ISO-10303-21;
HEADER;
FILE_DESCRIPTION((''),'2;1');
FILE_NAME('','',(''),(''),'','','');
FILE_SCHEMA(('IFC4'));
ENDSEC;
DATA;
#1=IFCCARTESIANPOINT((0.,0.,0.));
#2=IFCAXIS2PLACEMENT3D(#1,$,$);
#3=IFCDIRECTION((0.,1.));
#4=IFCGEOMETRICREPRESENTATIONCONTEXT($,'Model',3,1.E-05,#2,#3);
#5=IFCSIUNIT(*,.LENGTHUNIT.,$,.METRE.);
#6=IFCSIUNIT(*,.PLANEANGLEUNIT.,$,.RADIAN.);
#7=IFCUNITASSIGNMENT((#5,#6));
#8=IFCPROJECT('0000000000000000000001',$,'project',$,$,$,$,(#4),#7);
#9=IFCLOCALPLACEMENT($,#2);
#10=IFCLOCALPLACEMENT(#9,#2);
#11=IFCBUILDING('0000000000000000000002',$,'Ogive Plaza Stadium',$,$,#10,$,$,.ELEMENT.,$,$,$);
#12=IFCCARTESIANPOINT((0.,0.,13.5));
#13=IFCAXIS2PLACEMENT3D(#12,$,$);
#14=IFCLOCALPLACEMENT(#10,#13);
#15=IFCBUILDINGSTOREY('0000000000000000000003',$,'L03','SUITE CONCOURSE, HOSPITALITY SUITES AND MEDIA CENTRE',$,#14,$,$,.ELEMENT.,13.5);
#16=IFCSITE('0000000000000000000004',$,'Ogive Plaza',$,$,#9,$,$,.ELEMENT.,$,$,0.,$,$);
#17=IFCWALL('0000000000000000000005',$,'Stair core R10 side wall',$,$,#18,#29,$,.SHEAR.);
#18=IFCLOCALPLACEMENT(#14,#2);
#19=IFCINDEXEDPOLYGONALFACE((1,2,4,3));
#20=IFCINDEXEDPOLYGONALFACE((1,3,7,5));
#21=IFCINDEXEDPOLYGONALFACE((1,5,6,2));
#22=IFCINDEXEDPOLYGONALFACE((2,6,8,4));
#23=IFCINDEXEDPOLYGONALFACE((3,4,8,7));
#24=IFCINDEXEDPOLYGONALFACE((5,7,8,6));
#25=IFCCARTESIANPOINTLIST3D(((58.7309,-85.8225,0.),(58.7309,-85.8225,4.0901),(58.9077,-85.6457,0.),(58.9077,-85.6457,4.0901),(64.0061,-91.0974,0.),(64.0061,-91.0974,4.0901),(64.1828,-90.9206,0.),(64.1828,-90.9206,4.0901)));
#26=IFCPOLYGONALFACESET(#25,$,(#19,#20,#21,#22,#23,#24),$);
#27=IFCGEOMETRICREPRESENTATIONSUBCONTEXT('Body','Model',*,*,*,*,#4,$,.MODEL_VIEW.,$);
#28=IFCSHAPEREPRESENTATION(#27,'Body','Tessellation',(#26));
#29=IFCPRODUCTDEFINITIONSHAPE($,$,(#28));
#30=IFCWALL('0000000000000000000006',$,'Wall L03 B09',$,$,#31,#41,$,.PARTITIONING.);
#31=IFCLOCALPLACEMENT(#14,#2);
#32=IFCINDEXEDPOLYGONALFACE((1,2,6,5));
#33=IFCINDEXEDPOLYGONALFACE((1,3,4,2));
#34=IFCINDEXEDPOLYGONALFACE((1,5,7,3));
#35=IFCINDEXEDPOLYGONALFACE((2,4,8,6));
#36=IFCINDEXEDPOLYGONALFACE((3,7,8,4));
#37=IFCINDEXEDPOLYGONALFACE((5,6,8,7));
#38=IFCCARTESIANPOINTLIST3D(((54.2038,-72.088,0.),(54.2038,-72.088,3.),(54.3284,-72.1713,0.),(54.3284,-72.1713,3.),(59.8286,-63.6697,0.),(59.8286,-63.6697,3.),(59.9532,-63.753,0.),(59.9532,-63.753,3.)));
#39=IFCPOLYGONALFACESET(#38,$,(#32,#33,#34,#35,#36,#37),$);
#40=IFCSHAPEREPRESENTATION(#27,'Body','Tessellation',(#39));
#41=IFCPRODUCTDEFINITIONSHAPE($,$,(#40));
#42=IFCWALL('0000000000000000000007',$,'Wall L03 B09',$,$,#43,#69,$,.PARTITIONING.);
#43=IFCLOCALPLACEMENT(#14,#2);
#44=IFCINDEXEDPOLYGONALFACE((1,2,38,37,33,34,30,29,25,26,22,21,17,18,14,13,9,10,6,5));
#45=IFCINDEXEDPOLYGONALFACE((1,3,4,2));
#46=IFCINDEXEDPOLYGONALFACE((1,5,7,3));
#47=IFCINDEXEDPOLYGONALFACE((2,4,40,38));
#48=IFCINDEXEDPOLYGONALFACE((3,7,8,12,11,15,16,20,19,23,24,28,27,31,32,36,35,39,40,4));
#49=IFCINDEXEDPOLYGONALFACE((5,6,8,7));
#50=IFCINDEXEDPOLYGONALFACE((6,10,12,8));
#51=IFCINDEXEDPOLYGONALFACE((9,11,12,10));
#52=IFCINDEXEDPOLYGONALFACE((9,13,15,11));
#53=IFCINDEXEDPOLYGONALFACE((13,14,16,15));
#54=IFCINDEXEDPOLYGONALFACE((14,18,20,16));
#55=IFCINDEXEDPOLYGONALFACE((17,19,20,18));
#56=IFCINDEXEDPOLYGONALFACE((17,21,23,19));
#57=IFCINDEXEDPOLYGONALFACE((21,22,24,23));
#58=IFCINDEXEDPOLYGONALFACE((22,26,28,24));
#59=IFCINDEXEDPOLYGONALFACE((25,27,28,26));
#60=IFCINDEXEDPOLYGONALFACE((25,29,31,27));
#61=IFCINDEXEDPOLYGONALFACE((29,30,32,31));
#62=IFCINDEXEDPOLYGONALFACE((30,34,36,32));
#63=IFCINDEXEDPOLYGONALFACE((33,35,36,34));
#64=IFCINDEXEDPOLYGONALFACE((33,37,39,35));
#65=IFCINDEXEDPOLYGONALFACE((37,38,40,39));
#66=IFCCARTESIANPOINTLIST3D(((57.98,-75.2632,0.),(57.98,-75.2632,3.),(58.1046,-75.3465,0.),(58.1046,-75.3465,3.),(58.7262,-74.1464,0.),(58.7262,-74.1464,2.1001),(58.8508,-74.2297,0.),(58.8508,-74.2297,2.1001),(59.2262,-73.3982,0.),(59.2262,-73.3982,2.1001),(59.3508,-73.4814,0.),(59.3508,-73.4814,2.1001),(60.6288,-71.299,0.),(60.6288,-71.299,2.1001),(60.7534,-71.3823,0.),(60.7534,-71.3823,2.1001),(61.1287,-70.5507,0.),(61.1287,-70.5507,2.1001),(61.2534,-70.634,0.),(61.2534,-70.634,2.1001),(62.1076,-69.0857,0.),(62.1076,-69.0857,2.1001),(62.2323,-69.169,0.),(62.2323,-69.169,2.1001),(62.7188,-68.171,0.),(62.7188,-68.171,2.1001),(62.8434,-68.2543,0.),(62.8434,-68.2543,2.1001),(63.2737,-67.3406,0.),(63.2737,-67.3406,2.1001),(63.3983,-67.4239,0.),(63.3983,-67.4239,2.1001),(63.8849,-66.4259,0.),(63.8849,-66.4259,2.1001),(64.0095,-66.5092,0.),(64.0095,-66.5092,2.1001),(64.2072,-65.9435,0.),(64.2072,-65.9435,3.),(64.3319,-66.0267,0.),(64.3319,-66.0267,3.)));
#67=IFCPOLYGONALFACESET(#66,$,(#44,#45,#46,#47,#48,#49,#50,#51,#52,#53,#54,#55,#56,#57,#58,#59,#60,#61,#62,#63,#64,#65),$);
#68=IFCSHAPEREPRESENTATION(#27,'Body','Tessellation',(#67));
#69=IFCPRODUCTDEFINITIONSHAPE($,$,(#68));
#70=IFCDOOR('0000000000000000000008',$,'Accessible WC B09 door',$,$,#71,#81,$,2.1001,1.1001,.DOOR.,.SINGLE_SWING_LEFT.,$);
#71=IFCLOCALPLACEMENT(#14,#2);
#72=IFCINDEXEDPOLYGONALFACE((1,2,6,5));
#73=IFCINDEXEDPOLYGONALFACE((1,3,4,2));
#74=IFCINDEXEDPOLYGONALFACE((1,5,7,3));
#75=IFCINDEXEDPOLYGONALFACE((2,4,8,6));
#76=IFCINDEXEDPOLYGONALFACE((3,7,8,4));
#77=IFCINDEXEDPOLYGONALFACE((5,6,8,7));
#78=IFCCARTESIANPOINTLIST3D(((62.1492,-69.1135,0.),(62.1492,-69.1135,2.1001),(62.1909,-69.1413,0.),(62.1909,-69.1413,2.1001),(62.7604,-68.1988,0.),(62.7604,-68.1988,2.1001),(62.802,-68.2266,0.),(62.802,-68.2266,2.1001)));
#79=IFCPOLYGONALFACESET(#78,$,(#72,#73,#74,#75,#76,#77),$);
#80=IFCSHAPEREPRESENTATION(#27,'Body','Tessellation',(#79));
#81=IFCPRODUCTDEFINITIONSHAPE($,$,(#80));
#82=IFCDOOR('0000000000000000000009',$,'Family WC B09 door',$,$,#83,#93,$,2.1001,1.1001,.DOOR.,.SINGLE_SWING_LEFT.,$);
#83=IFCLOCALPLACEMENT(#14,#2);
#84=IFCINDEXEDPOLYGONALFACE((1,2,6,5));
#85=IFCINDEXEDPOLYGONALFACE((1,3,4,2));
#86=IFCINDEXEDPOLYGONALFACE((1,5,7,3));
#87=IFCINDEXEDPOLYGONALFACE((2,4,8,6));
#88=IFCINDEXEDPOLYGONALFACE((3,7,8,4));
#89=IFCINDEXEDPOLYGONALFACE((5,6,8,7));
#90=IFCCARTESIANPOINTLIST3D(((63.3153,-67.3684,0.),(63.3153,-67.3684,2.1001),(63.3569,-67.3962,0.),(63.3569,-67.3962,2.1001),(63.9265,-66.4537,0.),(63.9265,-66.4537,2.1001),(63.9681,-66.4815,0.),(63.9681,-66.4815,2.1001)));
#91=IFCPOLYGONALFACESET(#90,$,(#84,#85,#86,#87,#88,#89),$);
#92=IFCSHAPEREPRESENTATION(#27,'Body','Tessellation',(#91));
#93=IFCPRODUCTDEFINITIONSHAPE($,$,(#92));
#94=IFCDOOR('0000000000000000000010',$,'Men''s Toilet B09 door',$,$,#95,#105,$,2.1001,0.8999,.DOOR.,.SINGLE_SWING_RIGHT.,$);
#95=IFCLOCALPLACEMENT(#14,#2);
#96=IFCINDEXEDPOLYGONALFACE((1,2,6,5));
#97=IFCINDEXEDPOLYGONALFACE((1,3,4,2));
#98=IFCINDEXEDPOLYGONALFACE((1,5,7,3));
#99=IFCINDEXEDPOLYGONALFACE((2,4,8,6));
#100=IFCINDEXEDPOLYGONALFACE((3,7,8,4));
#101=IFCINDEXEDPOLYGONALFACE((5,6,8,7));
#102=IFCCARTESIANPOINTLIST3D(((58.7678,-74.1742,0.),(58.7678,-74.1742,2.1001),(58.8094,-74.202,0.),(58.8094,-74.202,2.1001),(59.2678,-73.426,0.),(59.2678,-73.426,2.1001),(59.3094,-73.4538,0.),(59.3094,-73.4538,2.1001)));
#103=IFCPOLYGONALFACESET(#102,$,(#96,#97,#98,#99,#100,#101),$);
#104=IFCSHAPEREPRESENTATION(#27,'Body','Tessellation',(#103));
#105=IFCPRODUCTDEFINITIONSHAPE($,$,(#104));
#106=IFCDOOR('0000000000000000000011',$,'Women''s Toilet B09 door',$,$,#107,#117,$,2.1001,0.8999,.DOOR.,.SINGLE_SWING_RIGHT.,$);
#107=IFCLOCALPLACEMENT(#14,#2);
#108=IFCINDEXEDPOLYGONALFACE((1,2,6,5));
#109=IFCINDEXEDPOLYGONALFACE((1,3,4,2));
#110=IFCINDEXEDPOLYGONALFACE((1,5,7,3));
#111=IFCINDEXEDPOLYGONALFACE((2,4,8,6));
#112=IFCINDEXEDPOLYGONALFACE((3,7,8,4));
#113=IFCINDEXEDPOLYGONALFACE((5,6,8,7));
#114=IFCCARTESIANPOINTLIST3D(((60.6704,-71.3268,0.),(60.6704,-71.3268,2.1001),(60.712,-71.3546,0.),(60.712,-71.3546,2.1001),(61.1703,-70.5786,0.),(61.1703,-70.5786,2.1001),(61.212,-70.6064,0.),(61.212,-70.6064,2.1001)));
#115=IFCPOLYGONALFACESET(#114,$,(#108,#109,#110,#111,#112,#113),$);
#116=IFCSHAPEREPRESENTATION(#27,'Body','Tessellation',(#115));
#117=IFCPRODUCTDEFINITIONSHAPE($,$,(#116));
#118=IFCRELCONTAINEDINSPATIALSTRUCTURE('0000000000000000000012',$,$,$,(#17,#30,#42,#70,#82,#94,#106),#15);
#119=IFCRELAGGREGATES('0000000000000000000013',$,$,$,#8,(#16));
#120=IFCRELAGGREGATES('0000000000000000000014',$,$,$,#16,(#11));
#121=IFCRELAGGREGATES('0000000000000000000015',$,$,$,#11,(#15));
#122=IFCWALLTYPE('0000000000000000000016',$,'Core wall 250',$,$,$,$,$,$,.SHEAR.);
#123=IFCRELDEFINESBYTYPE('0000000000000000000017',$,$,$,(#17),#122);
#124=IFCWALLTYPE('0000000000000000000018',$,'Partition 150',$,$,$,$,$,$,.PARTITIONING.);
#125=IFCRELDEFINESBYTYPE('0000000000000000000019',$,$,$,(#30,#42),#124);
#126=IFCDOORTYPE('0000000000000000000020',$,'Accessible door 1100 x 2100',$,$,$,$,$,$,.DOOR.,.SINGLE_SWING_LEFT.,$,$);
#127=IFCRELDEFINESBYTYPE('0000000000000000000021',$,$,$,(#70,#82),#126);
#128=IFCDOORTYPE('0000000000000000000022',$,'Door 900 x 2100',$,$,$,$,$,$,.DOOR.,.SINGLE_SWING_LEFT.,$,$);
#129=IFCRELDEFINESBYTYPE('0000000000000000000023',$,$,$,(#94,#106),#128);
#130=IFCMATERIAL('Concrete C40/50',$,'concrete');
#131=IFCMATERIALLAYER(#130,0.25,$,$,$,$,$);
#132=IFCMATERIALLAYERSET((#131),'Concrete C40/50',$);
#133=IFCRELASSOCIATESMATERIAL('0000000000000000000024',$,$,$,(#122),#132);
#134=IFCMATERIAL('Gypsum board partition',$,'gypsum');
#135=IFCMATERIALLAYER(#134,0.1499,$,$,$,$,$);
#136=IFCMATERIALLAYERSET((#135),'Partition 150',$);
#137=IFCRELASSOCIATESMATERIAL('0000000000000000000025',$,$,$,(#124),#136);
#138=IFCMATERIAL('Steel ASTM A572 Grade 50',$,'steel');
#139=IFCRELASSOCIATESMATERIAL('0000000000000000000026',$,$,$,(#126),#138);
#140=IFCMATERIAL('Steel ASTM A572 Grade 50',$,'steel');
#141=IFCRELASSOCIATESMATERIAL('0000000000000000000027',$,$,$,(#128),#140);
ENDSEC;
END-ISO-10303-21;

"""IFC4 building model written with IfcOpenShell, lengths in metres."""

from ifc_helpers import new_model, si_unit, direction, frame, frame_2d, origin, place, context, subcontext, project, spatial, rectangle, extrude, material, layer, layer_set, type_object, element, fill, save


model = new_model("IFC4")

# Units and contexts
model_context = context("Model", 3, precision=1e-05, world=origin(), true_north=direction((0.0, 1.0)))
body_context = subcontext(model_context, "Body", "Model", "MODEL_VIEW")
ifc_project = project(units=[si_unit("LENGTHUNIT", "METRE"), si_unit("PLANEANGLEUNIT", "RADIAN")], contexts=[model_context])

# Site, building, storey
site_placement = place(None, origin())
site = spatial("IfcSite", under=ifc_project, at=site_placement, Name="Ogive Plaza", CompositionType="ELEMENT", RefElevation=0.0)
building_placement = place(site_placement, origin())
building = spatial("IfcBuilding", under=site, at=building_placement, Name="Ogive Plaza Stadium", CompositionType="ELEMENT")
storey_placement = place(building_placement, frame((0.0, 0.0, 13.5)))
storey = spatial("IfcBuildingStorey", under=building, at=storey_placement, Name="L03", Description="SUITE CONCOURSE, HOSPITALITY SUITES AND MEDIA CENTRE", CompositionType="ELEMENT", Elevation=13.5)

# Shared definitions
ifc_material_1 = material(Name="Concrete C40/50", Category="concrete")
ifc_layer_1 = layer(ifc_material_1, 0.25)
ifc_layer_set_1 = layer_set([ifc_layer_1], Name="Concrete C40/50")
wall_type_1 = type_object("IfcWallType", Name="Core wall 250", PredefinedType="SHEAR", material=ifc_layer_set_1)

# Walls
wall_1_placement = place(storey_placement, frame((58.8193, -85.7341, 0.0), z_axis=(0.0, 0.0, 1.0), x_axis=(0.707123, -0.70709, 0.0)))
element("IfcWall", 1, at=wall_1_placement, inside=storey, type_object=wall_type_1, Name="Stair core R10 side wall", PredefinedType="SHEAR", context=body_context, shape_type="SweptSolid", body=[
    extrude(rectangle(XDim=7.46, YDim=0.25, at=frame_2d((3.73, 0.0))), origin(), (0.0, 0.0, 1.0), 4.0901),
])
ifc_material_2 = material(Name="Gypsum board partition", Category="gypsum")
ifc_layer_2 = layer(ifc_material_2, 0.1499)
ifc_layer_set_2 = layer_set([ifc_layer_2], Name="Partition 150")
wall_type_2 = type_object("IfcWallType", Name="Partition 150", PredefinedType="PARTITIONING", material=ifc_layer_set_2)
wall_2_placement = place(storey_placement, frame((54.2661, -72.1296, 0.0), z_axis=(0.0, 0.0, 1.0), x_axis=(0.555562, 0.831475, 0.0)))
element("IfcWall", 2, at=wall_2_placement, inside=storey, type_object=wall_type_2, Name="Wall L03 B09", PredefinedType="PARTITIONING", context=body_context, shape_type="SweptSolid", body=[
    extrude(rectangle(XDim=10.1245, YDim=0.1499, at=frame_2d((5.0623, 0.0))), origin(), (0.0, 0.0, 1.0), 3.0),
])

# Wall, openings, doors
wall_3_placement = place(storey_placement, frame((58.0422, -75.3049, 0.0), z_axis=(0.0, 0.0, 1.0), x_axis=(0.555569, 0.83147, 0.0)))
wall_3 = element("IfcWall", 3, at=wall_3_placement, inside=storey, type_object=wall_type_2, Name="Wall L03 B09", PredefinedType="PARTITIONING", context=body_context, shape_type="SweptSolid", body=[
    extrude(rectangle(XDim=11.2087, YDim=0.1499, at=frame_2d((5.6045, 0.0))), origin(), (0.0, 0.0, 1.0), 3.0),
])
opening_1_placement = place(wall_3_placement, frame((1.3433, 0.0, 0.0)))
opening_1 = element("IfcOpeningElement", 4, at=opening_1_placement, cuts=wall_3, PredefinedType="OPENING", context=body_context, shape_type="SweptSolid", body=[
    extrude(rectangle(XDim=0.8999, YDim=2.1001, at=frame_2d((0.45, 1.05))), frame((0.0, 0.075, 0.0), z_axis=(0.0, -1.0, 0.0), x_axis=(1.0, 0.0, 0.0)), (0.0, 0.0, 1.0), 0.1499),
])
opening_2_placement = place(wall_3_placement, frame((4.7678, 0.0, 0.0)))
opening_2 = element("IfcOpeningElement", 5, at=opening_2_placement, cuts=wall_3, PredefinedType="OPENING", context=body_context, shape_type="SweptSolid", body=[
    extrude(rectangle(XDim=0.8999, YDim=2.1001, at=frame_2d((0.45, 1.05))), frame((0.0, 0.075, 0.0), z_axis=(0.0, -1.0, 0.0), x_axis=(1.0, 0.0, 0.0)), (0.0, 0.0, 1.0), 0.1499),
])
opening_3_placement = place(wall_3_placement, frame((7.4297, 0.0, 0.0)))
opening_3 = element("IfcOpeningElement", 6, at=opening_3_placement, cuts=wall_3, PredefinedType="OPENING", context=body_context, shape_type="SweptSolid", body=[
    extrude(rectangle(XDim=1.1001, YDim=2.1001, at=frame_2d((0.55, 1.05))), frame((0.0, 0.075, 0.0), z_axis=(0.0, -1.0, 0.0), x_axis=(1.0, 0.0, 0.0)), (0.0, 0.0, 1.0), 0.1499),
])
opening_4_placement = place(wall_3_placement, frame((9.5286, 0.0, 0.0)))
opening_4 = element("IfcOpeningElement", 7, at=opening_4_placement, cuts=wall_3, PredefinedType="OPENING", context=body_context, shape_type="SweptSolid", body=[
    extrude(rectangle(XDim=1.1001, YDim=2.1001, at=frame_2d((0.55, 1.05))), frame((0.0, 0.075, 0.0), z_axis=(0.0, -1.0, 0.0), x_axis=(1.0, 0.0, 0.0)), (0.0, 0.0, 1.0), 0.1499),
])
ifc_material_3 = material(Name="Steel ASTM A572 Grade 50", Category="steel")
door_type_1 = type_object("IfcDoorType", Name="Accessible door 1100 x 2100", OperationType="SINGLE_SWING_LEFT", PredefinedType="DOOR", material=ifc_material_3)
door_1_placement = place(opening_3_placement, origin())
door_1 = element("IfcDoor", 8, at=door_1_placement, inside=storey, type_object=door_type_1, Name="Accessible WC B09 door", OperationType="SINGLE_SWING_LEFT", OverallHeight=2.1001, OverallWidth=1.1001, PredefinedType="DOOR", context=body_context, shape_type="SweptSolid", body=[
    extrude(rectangle(XDim=1.1001, YDim=2.1001, at=frame_2d((0.55, 1.05))), frame((0.0, 0.0249, 0.0), z_axis=(0.0, -1.0, 0.0), x_axis=(1.0, 0.0, 0.0)), (0.0, 0.0, 1.0), 0.05),
])
fill(opening_3, door_1)
door_2_placement = place(opening_4_placement, origin())
door_2 = element("IfcDoor", 9, at=door_2_placement, inside=storey, type_object=door_type_1, Name="Family WC B09 door", OperationType="SINGLE_SWING_LEFT", OverallHeight=2.1001, OverallWidth=1.1001, PredefinedType="DOOR", context=body_context, shape_type="SweptSolid", body=[
    extrude(rectangle(XDim=1.1001, YDim=2.1001, at=frame_2d((0.55, 1.05))), frame((0.0, 0.0249, 0.0), z_axis=(0.0, -1.0, 0.0), x_axis=(1.0, 0.0, 0.0)), (0.0, 0.0, 1.0), 0.05),
])
fill(opening_4, door_2)
ifc_material_4 = material(Name="Steel ASTM A572 Grade 50", Category="steel")
door_type_2 = type_object("IfcDoorType", Name="Door 900 x 2100", OperationType="SINGLE_SWING_LEFT", PredefinedType="DOOR", material=ifc_material_4)
door_3_placement = place(opening_1_placement, origin())
door_3 = element("IfcDoor", 10, at=door_3_placement, inside=storey, type_object=door_type_2, Name="Men's Toilet B09 door", OperationType="SINGLE_SWING_RIGHT", OverallHeight=2.1001, OverallWidth=0.8999, PredefinedType="DOOR", context=body_context, shape_type="SweptSolid", body=[
    extrude(rectangle(XDim=0.8999, YDim=2.1001, at=frame_2d((0.45, 1.05))), frame((0.0, 0.0249, 0.0), z_axis=(0.0, -1.0, 0.0), x_axis=(1.0, 0.0, 0.0)), (0.0, 0.0, 1.0), 0.05),
])
fill(opening_1, door_3)
door_4_placement = place(opening_2_placement, origin())
door_4 = element("IfcDoor", 11, at=door_4_placement, inside=storey, type_object=door_type_2, Name="Women's Toilet B09 door", OperationType="SINGLE_SWING_RIGHT", OverallHeight=2.1001, OverallWidth=0.8999, PredefinedType="DOOR", context=body_context, shape_type="SweptSolid", body=[
    extrude(rectangle(XDim=0.8999, YDim=2.1001, at=frame_2d((0.45, 1.05))), frame((0.0, 0.0249, 0.0), z_axis=(0.0, -1.0, 0.0), x_axis=(1.0, 0.0, 0.0)), (0.0, 0.0, 1.0), 0.05),
])
fill(opening_2, door_4)

save(model, "model.ifc")
